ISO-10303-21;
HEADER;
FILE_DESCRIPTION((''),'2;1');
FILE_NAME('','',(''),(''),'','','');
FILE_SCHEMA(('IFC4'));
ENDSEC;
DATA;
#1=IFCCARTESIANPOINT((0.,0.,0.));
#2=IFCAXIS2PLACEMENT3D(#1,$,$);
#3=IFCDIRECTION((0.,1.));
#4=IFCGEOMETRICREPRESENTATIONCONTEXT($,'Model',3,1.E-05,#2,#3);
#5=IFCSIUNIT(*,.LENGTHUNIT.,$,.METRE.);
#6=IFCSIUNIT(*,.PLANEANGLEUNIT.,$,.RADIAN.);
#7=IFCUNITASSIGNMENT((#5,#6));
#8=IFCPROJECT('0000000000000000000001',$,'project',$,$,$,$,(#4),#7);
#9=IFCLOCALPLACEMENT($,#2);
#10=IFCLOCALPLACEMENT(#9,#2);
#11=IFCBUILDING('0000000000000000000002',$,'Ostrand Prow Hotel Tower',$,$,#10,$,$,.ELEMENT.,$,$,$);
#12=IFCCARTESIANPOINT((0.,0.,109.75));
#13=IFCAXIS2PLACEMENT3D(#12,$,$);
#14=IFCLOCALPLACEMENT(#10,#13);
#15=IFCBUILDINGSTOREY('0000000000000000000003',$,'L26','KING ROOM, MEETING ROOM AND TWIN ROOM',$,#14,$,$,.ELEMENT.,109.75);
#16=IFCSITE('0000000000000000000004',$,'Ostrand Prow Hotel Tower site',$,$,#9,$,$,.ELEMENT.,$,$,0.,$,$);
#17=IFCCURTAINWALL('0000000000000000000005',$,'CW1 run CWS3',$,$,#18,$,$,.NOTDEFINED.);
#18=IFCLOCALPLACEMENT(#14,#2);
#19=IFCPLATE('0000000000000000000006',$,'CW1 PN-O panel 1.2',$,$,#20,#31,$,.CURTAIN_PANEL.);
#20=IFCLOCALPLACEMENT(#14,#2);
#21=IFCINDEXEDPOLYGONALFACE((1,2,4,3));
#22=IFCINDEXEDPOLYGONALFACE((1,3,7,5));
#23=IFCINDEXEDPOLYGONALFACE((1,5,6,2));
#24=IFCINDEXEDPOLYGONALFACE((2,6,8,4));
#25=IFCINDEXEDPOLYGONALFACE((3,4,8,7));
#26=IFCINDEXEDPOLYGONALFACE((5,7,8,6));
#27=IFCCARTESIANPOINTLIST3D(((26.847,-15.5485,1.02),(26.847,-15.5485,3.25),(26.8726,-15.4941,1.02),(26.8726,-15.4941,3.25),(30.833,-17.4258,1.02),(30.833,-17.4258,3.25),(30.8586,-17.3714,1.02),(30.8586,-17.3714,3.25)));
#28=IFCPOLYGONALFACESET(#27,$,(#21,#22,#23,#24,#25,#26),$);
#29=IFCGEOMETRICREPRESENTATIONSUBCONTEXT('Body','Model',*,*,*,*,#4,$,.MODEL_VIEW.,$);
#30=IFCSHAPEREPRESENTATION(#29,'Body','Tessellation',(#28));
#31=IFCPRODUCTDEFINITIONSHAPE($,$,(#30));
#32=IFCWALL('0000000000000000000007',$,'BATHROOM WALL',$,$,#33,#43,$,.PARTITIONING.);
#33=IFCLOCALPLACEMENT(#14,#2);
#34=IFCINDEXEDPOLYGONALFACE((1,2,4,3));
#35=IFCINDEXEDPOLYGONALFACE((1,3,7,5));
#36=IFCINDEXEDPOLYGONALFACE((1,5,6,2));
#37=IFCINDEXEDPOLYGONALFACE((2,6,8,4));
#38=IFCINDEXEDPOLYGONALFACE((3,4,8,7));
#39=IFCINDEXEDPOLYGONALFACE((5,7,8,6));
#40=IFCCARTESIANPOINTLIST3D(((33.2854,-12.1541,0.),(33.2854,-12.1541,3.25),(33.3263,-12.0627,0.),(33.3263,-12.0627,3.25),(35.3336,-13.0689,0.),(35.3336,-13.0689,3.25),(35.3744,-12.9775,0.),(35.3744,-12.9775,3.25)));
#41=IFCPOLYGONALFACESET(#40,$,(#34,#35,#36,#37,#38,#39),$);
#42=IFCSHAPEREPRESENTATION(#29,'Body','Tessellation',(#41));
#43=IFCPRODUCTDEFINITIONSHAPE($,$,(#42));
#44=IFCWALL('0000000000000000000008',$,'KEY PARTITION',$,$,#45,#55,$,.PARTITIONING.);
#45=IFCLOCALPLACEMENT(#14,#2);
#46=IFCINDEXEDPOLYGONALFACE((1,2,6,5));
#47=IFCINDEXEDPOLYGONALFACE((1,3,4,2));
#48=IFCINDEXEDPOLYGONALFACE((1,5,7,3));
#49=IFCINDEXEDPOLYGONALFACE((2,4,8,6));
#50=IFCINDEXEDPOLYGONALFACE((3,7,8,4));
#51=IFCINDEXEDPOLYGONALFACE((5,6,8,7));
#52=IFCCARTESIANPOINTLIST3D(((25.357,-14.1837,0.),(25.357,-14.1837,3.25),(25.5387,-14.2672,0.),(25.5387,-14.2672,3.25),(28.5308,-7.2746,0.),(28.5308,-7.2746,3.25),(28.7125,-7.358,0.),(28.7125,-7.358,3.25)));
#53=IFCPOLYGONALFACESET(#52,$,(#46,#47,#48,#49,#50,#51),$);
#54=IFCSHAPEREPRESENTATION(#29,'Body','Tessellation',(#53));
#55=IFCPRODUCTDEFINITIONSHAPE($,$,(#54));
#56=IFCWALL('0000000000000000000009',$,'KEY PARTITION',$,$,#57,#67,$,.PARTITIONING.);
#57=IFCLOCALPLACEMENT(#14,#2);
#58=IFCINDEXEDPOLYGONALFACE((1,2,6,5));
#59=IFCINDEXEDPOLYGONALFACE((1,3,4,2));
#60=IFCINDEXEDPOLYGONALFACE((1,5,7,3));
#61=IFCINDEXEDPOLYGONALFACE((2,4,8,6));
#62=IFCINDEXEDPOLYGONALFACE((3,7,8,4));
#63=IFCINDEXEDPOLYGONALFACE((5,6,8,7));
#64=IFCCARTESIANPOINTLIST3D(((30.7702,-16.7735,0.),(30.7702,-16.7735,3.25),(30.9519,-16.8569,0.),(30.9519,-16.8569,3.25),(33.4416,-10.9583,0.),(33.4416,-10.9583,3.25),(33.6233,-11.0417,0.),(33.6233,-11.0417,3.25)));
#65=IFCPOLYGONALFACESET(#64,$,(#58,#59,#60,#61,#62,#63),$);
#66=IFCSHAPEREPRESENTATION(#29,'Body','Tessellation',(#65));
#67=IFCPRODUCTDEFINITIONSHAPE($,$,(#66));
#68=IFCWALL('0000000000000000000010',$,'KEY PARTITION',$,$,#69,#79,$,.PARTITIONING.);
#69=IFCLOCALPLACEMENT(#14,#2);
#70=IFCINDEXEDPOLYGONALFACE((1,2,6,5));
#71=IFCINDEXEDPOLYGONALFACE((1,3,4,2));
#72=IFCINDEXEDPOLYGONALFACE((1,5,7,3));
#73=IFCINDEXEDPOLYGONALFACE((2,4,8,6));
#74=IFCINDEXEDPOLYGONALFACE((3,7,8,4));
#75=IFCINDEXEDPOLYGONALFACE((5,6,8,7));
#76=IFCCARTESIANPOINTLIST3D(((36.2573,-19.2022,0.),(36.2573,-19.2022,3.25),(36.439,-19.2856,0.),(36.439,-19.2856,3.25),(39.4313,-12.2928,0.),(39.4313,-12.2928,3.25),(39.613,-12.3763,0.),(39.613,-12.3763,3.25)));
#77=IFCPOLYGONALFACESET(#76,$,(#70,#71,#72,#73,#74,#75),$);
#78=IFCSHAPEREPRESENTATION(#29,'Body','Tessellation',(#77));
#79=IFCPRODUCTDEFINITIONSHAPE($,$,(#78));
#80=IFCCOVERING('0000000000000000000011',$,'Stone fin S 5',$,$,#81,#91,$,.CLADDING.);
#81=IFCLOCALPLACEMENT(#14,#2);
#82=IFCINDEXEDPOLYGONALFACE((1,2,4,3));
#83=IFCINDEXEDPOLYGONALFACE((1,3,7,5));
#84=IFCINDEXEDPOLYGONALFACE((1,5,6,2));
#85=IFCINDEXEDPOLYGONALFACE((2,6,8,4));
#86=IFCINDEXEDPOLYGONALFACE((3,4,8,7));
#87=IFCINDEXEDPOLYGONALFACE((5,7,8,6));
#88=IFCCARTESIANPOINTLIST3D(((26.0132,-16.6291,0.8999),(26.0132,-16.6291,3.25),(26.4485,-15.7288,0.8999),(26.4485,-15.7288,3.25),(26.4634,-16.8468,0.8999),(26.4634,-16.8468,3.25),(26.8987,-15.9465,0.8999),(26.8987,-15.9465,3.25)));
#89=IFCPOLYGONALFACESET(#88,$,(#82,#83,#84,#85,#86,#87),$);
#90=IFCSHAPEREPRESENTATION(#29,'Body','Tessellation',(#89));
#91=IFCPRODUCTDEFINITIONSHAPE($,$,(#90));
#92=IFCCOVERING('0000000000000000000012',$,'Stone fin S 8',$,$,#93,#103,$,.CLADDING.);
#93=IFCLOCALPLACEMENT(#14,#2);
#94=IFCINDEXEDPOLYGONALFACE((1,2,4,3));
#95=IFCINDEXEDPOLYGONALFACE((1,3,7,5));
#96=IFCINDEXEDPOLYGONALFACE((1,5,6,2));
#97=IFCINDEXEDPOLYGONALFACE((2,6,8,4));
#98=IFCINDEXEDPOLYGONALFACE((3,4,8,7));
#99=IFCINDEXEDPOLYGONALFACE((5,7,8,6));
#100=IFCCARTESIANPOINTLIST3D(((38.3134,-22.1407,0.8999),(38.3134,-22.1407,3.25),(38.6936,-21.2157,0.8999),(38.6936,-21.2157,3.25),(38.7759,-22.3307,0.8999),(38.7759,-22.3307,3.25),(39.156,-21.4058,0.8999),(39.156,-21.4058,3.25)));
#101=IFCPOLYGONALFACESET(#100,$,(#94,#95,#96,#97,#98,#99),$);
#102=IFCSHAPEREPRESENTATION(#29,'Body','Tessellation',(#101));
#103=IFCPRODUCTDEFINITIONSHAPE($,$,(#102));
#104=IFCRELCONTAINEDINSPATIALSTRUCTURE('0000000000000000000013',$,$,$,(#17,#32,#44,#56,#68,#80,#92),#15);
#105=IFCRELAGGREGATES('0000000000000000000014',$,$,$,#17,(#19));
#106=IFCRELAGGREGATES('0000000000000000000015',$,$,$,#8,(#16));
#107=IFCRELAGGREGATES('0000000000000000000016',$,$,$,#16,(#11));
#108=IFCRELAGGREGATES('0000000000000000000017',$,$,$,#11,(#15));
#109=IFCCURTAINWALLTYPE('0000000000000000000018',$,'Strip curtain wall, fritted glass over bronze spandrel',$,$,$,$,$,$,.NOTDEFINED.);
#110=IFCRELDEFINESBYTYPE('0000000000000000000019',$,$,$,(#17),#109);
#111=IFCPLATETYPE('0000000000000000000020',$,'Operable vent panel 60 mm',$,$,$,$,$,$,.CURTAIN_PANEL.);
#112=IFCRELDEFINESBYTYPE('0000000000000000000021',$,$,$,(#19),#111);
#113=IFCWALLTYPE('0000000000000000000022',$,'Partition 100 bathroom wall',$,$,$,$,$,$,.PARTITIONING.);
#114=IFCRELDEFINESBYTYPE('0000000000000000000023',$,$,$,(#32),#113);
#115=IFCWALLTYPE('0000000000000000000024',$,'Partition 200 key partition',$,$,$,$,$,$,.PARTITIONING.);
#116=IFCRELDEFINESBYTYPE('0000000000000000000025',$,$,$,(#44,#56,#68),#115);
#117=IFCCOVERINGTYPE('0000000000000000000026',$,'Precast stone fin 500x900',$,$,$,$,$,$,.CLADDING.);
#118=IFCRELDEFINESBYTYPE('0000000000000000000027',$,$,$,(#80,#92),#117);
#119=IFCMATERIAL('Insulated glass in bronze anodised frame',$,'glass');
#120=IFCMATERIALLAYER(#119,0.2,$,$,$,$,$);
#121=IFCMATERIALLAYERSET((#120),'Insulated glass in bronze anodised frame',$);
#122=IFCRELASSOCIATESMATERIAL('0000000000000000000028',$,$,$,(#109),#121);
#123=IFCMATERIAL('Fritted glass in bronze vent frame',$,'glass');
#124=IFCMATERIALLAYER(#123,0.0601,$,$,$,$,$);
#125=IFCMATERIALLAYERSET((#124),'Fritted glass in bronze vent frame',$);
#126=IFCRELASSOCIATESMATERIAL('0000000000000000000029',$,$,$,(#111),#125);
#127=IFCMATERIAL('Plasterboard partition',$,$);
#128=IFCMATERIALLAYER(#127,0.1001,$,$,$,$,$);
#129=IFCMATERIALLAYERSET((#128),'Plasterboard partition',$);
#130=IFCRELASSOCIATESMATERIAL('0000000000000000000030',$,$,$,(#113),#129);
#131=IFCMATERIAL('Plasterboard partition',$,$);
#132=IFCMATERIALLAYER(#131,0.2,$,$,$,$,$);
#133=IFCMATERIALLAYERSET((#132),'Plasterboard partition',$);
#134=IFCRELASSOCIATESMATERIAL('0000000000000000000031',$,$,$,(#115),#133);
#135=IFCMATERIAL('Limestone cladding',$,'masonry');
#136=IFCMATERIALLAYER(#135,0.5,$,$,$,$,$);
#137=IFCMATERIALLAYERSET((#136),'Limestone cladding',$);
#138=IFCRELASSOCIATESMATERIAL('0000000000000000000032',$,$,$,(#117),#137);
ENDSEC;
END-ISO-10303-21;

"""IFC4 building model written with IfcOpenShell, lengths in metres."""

from ifc_helpers import new_model, si_unit, direction, frame, frame_2d, origin, origin_2d, place, context, subcontext, project, spatial, rectangle, extrude, material, layer, layer_set, type_object, element, aggregate, save


model = new_model("IFC4")

# Units and contexts
model_context = context("Model", 3, precision=1e-05, world=origin(), true_north=direction((0.0, 1.0)))
body_context = subcontext(model_context, "Body", "Model", "MODEL_VIEW")
ifc_project = project(units=[si_unit("LENGTHUNIT", "METRE"), si_unit("PLANEANGLEUNIT", "RADIAN")], contexts=[model_context])

# Site, building, storey
site_placement = place(None, origin())
site = spatial("IfcSite", under=ifc_project, at=site_placement, Name="Ostrand Prow Hotel Tower site", CompositionType="ELEMENT", RefElevation=0.0)
building_placement = place(site_placement, origin())
building = spatial("IfcBuilding", under=site, at=building_placement, Name="Ostrand Prow Hotel Tower", CompositionType="ELEMENT")
storey_placement = place(building_placement, frame((0.0, 0.0, 109.75)))
storey = spatial("IfcBuildingStorey", under=building, at=storey_placement, Name="L26", Description="KING ROOM, MEETING ROOM AND TWIN ROOM", CompositionType="ELEMENT", Elevation=109.75)

# Shared definitions
ifc_material_1 = material(Name="Insulated glass in bronze anodised frame", Category="glass")
ifc_layer_1 = layer(ifc_material_1, 0.2)
ifc_layer_set_1 = layer_set([ifc_layer_1], Name="Insulated glass in bronze anodised frame")
curtain_wall_type = type_object("IfcCurtainWallType", Name="Strip curtain wall, fritted glass over bronze spandrel", PredefinedType="NOTDEFINED", material=ifc_layer_set_1)

# Curtain wall
curtain_wall_1_placement = place(storey_placement, origin())
curtain_wall_1 = element("IfcCurtainWall", 1, at=curtain_wall_1_placement, inside=storey, type_object=curtain_wall_type, Name="CW1 run CWS3", PredefinedType="NOTDEFINED")

# Plate
ifc_material_2 = material(Name="Fritted glass in bronze vent frame", Category="glass")
ifc_layer_2 = layer(ifc_material_2, 0.0601)
ifc_layer_set_2 = layer_set([ifc_layer_2], Name="Fritted glass in bronze vent frame")
plate_type_1 = type_object("IfcPlateType", Name="Operable vent panel 60 mm", PredefinedType="CURTAIN_PANEL", material=ifc_layer_set_2)
plate_1_placement = place(storey_placement, frame((28.8528, -16.46, 1.02), z_axis=(0.0, 0.0, 1.0), x_axis=(0.904686, -0.426079, 0.0)))
plate_1 = element("IfcPlate", 2, at=plate_1_placement, type_object=plate_type_1, Name="CW1 PN-O panel 1.2", PredefinedType="CURTAIN_PANEL", context=body_context, shape_type="SweptSolid", body=[
    extrude(rectangle(XDim=4.406, YDim=0.0601, at=origin_2d()), origin(), (0.0, 0.0, 1.0), 2.23),
])
aggregate(curtain_wall_1, [plate_1])

# Walls
ifc_material_3 = material(Name="Plasterboard partition")
ifc_layer_3 = layer(ifc_material_3, 0.1001)
ifc_layer_set_3 = layer_set([ifc_layer_3], Name="Plasterboard partition")
wall_type_1 = type_object("IfcWallType", Name="Partition 100 bathroom wall", PredefinedType="PARTITIONING", material=ifc_layer_set_3)
wall_1_placement = place(storey_placement, frame((35.354, -13.0232, 0.0), z_axis=(0.0, 0.0, 1.0), x_axis=(-0.91306, 0.407824, 0.0)))
element("IfcWall", 3, at=wall_1_placement, inside=storey, type_object=wall_type_1, Name="BATHROOM WALL", PredefinedType="PARTITIONING", context=body_context, shape_type="SweptSolid", body=[
    extrude(rectangle(XDim=2.2432, YDim=0.1001, at=frame_2d((1.1216, 0.0))), origin(), (0.0, 0.0, 1.0), 3.25),
])
ifc_material_4 = material(Name="Plasterboard partition")
ifc_layer_4 = layer(ifc_material_4, 0.2)
ifc_layer_set_4 = layer_set([ifc_layer_4], Name="Plasterboard partition")
wall_type_2 = type_object("IfcWallType", Name="Partition 200 key partition", PredefinedType="PARTITIONING", material=ifc_layer_set_4)
wall_2_placement = place(storey_placement, frame((25.4478, -14.2256, 0.0), z_axis=(0.0, 0.0, 1.0), x_axis=(0.417429, 0.90871, 0.0)))
element("IfcWall", 4, at=wall_2_placement, inside=storey, type_object=wall_type_2, Name="KEY PARTITION", PredefinedType="PARTITIONING", context=body_context, shape_type="SweptSolid", body=[
    extrude(rectangle(XDim=7.6033, YDim=0.2, at=frame_2d((3.8018, 0.0))), origin(), (0.0, 0.0, 1.0), 3.25),
])
wall_3_placement = place(storey_placement, frame((30.8611, -16.8152, 0.0), z_axis=(0.0, 0.0, 1.0), x_axis=(0.417441, 0.908704, 0.0)))
element("IfcWall", 5, at=wall_3_placement, inside=storey, type_object=wall_type_2, Name="KEY PARTITION", PredefinedType="PARTITIONING", context=body_context, shape_type="SweptSolid", body=[
    extrude(rectangle(XDim=6.3994, YDim=0.2, at=frame_2d((3.1997, 0.0))), origin(), (0.0, 0.0, 1.0), 3.25),
])
wall_4_placement = place(storey_placement, frame((36.3481, -19.2439, 0.0), z_axis=(0.0, 0.0, 1.0), x_axis=(0.417443, 0.908703, 0.0)))
element("IfcWall", 6, at=wall_4_placement, inside=storey, type_object=wall_type_2, Name="KEY PARTITION", PredefinedType="PARTITIONING", context=body_context, shape_type="SweptSolid", body=[
    extrude(rectangle(XDim=7.6035, YDim=0.2, at=frame_2d((3.8018, 0.0))), origin(), (0.0, 0.0, 1.0), 3.25),
])

# Coverings
ifc_material_5 = material(Name="Limestone cladding", Category="masonry")
ifc_layer_5 = layer(ifc_material_5, 0.5)
ifc_layer_set_5 = layer_set([ifc_layer_5], Name="Limestone cladding")
covering_type = type_object("IfcCoveringType", Name="Precast stone fin 500x900", PredefinedType="CLADDING", material=ifc_layer_set_5)
for number, where, z_axis, x_axis, name in (
    (7, (26.6736, -15.8376, 0.8999), (0.0, 0.0, 1.0), (-0.435261, -0.900304, 0.0), "Stone fin S 5"),
    (8, (38.9248, -21.3108, 0.8999), (0.0, 0.0, 1.0), (-0.380173, -0.924916, 0.0), "Stone fin S 8"),
):
    element("IfcCovering", number, at=place(storey_placement, frame(where, z_axis=z_axis, x_axis=x_axis)), inside=storey, type_object=covering_type, Name=name, PredefinedType="CLADDING", context=body_context, shape_type="SweptSolid", body=[
        extrude(rectangle(XDim=1.0, YDim=0.5, at=frame_2d((0.5, 0.0))), origin(), (0.0, 0.0, 1.0), 2.3501),
    ])

save(model, "model.ifc")
